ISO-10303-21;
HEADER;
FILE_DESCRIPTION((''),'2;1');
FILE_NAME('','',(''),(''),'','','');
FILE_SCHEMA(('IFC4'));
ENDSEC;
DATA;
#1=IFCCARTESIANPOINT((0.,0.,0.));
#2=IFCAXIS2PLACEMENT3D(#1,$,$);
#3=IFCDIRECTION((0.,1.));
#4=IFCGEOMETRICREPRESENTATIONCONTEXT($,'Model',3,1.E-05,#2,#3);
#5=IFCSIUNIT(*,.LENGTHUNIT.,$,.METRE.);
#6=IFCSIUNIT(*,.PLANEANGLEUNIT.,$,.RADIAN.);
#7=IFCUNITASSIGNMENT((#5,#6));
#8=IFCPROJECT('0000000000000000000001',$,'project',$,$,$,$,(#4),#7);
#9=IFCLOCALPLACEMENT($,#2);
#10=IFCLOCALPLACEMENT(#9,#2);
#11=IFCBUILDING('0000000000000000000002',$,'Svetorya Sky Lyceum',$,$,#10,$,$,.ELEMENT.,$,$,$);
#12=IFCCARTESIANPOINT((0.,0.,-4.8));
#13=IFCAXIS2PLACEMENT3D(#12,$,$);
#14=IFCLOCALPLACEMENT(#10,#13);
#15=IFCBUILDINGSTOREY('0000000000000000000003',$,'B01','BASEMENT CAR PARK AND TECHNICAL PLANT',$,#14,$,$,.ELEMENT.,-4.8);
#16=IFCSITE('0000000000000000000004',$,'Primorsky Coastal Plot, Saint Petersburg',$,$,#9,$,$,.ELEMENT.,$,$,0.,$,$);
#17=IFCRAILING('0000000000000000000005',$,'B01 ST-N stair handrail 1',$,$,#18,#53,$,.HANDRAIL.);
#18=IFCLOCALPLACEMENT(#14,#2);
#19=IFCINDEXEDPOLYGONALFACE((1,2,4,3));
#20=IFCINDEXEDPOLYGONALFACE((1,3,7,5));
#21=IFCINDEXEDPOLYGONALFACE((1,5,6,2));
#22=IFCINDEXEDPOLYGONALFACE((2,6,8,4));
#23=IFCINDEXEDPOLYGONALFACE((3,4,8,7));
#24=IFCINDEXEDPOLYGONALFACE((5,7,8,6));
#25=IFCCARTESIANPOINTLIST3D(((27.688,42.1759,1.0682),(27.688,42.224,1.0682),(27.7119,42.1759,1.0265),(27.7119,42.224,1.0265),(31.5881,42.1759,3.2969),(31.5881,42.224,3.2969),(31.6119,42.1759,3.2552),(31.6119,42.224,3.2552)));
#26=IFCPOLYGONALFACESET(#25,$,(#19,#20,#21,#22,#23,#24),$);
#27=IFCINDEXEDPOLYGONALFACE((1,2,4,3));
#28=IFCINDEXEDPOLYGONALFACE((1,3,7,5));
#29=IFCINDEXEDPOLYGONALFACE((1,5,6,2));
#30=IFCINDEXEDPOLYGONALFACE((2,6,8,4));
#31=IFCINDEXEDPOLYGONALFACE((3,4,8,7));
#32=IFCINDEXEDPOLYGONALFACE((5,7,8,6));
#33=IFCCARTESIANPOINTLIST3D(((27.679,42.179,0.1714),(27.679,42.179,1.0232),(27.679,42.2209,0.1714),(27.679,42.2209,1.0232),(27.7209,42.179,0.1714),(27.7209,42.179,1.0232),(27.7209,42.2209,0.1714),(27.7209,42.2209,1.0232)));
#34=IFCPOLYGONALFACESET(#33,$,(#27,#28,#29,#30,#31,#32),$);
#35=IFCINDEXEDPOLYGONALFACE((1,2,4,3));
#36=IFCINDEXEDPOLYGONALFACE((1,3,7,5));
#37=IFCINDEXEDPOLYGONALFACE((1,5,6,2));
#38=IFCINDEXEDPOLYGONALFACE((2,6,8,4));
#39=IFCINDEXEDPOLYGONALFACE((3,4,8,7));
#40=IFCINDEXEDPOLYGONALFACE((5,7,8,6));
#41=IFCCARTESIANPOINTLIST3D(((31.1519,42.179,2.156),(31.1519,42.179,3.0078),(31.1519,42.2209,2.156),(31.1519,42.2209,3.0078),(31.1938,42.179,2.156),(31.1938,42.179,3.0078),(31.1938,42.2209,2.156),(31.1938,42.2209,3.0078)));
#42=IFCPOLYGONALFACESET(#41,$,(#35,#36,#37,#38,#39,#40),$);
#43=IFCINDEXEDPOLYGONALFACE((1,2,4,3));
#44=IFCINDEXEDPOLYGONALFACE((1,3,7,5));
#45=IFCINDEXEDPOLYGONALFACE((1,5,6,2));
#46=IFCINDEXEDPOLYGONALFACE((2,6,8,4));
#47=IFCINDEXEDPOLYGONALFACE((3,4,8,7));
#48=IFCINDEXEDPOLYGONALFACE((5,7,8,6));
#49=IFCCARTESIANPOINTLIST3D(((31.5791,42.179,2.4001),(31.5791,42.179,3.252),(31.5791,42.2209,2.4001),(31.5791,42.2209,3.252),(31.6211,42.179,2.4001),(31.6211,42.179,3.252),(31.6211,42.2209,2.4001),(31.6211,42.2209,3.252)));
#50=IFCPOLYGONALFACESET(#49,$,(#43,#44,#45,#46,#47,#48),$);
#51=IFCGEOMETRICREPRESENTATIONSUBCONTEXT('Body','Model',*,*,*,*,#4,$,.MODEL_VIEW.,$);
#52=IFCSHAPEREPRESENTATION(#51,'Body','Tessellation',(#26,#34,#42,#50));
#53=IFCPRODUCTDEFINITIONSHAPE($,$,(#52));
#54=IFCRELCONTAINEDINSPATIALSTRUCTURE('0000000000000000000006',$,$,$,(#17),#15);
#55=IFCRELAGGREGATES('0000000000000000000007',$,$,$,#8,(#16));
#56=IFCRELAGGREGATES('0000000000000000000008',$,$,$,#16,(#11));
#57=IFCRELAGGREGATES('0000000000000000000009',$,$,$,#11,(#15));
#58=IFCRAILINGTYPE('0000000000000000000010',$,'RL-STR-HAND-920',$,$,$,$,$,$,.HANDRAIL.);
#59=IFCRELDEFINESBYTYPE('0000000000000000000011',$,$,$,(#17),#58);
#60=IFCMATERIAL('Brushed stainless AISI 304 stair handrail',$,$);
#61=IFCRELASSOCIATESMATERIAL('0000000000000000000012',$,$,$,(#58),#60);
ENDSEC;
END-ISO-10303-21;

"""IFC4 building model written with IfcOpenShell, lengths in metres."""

from ifc_helpers import new_model, si_unit, direction, frame, origin, origin_2d, place, context, subcontext, project, spatial, rectangle, extrude, material, type_object, element, save


model = new_model("IFC4")

# Units and contexts
model_context = context("Model", 3, precision=1e-05, world=origin(), true_north=direction((0.0, 1.0)))
body_context = subcontext(model_context, "Body", "Model", "MODEL_VIEW")
ifc_project = project(units=[si_unit("LENGTHUNIT", "METRE"), si_unit("PLANEANGLEUNIT", "RADIAN")], contexts=[model_context])

# Site, building, storey
site_placement = place(None, origin())
site = spatial("IfcSite", under=ifc_project, at=site_placement, Name="Primorsky Coastal Plot, Saint Petersburg", CompositionType="ELEMENT", RefElevation=0.0)
building_placement = place(site_placement, origin())
building = spatial("IfcBuilding", under=site, at=building_placement, Name="Svetorya Sky Lyceum", CompositionType="ELEMENT")
storey_placement = place(building_placement, frame((0.0, 0.0, -4.8)))
storey = spatial("IfcBuildingStorey", under=building, at=storey_placement, Name="B01", Description="BASEMENT CAR PARK AND TECHNICAL PLANT", CompositionType="ELEMENT", Elevation=-4.8)

# Railing
ifc_material_1 = material(Name="Brushed stainless AISI 304 stair handrail")
railing_type_1 = type_object("IfcRailingType", Name="RL-STR-HAND-920", PredefinedType="HANDRAIL", material=ifc_material_1)
railing_1_placement = place(storey_placement, frame((27.7, 42.2, 0.1714)))
element("IfcRailing", 1, at=railing_1_placement, inside=storey, type_object=railing_type_1, Name="B01 ST-N stair handrail 1", PredefinedType="HANDRAIL", context=body_context, shape_type="SweptSolid", body=[
    extrude(rectangle(XDim=0.0481, YDim=0.0481, at=origin_2d()), frame((0.0, 0.0, 0.876), z_axis=(0.868233, 0.0, 0.496156), x_axis=(0.0, 1.0, 0.0)), (0.0, 0.0, 1.0), 4.4919),
    extrude(rectangle(XDim=0.042, YDim=0.042, at=origin_2d()), origin(), (0.0, 0.0, 1.0), 0.8518),
    extrude(rectangle(XDim=0.042, YDim=0.042, at=origin_2d()), frame((3.4729, 0.0, 1.9846)), (0.0, 0.0, 1.0), 0.8518),
    extrude(rectangle(XDim=0.042, YDim=0.042, at=origin_2d()), frame((3.9001, 0.0, 2.2288)), (0.0, 0.0, 1.0), 0.8518),
])

save(model, "model.ifc")
